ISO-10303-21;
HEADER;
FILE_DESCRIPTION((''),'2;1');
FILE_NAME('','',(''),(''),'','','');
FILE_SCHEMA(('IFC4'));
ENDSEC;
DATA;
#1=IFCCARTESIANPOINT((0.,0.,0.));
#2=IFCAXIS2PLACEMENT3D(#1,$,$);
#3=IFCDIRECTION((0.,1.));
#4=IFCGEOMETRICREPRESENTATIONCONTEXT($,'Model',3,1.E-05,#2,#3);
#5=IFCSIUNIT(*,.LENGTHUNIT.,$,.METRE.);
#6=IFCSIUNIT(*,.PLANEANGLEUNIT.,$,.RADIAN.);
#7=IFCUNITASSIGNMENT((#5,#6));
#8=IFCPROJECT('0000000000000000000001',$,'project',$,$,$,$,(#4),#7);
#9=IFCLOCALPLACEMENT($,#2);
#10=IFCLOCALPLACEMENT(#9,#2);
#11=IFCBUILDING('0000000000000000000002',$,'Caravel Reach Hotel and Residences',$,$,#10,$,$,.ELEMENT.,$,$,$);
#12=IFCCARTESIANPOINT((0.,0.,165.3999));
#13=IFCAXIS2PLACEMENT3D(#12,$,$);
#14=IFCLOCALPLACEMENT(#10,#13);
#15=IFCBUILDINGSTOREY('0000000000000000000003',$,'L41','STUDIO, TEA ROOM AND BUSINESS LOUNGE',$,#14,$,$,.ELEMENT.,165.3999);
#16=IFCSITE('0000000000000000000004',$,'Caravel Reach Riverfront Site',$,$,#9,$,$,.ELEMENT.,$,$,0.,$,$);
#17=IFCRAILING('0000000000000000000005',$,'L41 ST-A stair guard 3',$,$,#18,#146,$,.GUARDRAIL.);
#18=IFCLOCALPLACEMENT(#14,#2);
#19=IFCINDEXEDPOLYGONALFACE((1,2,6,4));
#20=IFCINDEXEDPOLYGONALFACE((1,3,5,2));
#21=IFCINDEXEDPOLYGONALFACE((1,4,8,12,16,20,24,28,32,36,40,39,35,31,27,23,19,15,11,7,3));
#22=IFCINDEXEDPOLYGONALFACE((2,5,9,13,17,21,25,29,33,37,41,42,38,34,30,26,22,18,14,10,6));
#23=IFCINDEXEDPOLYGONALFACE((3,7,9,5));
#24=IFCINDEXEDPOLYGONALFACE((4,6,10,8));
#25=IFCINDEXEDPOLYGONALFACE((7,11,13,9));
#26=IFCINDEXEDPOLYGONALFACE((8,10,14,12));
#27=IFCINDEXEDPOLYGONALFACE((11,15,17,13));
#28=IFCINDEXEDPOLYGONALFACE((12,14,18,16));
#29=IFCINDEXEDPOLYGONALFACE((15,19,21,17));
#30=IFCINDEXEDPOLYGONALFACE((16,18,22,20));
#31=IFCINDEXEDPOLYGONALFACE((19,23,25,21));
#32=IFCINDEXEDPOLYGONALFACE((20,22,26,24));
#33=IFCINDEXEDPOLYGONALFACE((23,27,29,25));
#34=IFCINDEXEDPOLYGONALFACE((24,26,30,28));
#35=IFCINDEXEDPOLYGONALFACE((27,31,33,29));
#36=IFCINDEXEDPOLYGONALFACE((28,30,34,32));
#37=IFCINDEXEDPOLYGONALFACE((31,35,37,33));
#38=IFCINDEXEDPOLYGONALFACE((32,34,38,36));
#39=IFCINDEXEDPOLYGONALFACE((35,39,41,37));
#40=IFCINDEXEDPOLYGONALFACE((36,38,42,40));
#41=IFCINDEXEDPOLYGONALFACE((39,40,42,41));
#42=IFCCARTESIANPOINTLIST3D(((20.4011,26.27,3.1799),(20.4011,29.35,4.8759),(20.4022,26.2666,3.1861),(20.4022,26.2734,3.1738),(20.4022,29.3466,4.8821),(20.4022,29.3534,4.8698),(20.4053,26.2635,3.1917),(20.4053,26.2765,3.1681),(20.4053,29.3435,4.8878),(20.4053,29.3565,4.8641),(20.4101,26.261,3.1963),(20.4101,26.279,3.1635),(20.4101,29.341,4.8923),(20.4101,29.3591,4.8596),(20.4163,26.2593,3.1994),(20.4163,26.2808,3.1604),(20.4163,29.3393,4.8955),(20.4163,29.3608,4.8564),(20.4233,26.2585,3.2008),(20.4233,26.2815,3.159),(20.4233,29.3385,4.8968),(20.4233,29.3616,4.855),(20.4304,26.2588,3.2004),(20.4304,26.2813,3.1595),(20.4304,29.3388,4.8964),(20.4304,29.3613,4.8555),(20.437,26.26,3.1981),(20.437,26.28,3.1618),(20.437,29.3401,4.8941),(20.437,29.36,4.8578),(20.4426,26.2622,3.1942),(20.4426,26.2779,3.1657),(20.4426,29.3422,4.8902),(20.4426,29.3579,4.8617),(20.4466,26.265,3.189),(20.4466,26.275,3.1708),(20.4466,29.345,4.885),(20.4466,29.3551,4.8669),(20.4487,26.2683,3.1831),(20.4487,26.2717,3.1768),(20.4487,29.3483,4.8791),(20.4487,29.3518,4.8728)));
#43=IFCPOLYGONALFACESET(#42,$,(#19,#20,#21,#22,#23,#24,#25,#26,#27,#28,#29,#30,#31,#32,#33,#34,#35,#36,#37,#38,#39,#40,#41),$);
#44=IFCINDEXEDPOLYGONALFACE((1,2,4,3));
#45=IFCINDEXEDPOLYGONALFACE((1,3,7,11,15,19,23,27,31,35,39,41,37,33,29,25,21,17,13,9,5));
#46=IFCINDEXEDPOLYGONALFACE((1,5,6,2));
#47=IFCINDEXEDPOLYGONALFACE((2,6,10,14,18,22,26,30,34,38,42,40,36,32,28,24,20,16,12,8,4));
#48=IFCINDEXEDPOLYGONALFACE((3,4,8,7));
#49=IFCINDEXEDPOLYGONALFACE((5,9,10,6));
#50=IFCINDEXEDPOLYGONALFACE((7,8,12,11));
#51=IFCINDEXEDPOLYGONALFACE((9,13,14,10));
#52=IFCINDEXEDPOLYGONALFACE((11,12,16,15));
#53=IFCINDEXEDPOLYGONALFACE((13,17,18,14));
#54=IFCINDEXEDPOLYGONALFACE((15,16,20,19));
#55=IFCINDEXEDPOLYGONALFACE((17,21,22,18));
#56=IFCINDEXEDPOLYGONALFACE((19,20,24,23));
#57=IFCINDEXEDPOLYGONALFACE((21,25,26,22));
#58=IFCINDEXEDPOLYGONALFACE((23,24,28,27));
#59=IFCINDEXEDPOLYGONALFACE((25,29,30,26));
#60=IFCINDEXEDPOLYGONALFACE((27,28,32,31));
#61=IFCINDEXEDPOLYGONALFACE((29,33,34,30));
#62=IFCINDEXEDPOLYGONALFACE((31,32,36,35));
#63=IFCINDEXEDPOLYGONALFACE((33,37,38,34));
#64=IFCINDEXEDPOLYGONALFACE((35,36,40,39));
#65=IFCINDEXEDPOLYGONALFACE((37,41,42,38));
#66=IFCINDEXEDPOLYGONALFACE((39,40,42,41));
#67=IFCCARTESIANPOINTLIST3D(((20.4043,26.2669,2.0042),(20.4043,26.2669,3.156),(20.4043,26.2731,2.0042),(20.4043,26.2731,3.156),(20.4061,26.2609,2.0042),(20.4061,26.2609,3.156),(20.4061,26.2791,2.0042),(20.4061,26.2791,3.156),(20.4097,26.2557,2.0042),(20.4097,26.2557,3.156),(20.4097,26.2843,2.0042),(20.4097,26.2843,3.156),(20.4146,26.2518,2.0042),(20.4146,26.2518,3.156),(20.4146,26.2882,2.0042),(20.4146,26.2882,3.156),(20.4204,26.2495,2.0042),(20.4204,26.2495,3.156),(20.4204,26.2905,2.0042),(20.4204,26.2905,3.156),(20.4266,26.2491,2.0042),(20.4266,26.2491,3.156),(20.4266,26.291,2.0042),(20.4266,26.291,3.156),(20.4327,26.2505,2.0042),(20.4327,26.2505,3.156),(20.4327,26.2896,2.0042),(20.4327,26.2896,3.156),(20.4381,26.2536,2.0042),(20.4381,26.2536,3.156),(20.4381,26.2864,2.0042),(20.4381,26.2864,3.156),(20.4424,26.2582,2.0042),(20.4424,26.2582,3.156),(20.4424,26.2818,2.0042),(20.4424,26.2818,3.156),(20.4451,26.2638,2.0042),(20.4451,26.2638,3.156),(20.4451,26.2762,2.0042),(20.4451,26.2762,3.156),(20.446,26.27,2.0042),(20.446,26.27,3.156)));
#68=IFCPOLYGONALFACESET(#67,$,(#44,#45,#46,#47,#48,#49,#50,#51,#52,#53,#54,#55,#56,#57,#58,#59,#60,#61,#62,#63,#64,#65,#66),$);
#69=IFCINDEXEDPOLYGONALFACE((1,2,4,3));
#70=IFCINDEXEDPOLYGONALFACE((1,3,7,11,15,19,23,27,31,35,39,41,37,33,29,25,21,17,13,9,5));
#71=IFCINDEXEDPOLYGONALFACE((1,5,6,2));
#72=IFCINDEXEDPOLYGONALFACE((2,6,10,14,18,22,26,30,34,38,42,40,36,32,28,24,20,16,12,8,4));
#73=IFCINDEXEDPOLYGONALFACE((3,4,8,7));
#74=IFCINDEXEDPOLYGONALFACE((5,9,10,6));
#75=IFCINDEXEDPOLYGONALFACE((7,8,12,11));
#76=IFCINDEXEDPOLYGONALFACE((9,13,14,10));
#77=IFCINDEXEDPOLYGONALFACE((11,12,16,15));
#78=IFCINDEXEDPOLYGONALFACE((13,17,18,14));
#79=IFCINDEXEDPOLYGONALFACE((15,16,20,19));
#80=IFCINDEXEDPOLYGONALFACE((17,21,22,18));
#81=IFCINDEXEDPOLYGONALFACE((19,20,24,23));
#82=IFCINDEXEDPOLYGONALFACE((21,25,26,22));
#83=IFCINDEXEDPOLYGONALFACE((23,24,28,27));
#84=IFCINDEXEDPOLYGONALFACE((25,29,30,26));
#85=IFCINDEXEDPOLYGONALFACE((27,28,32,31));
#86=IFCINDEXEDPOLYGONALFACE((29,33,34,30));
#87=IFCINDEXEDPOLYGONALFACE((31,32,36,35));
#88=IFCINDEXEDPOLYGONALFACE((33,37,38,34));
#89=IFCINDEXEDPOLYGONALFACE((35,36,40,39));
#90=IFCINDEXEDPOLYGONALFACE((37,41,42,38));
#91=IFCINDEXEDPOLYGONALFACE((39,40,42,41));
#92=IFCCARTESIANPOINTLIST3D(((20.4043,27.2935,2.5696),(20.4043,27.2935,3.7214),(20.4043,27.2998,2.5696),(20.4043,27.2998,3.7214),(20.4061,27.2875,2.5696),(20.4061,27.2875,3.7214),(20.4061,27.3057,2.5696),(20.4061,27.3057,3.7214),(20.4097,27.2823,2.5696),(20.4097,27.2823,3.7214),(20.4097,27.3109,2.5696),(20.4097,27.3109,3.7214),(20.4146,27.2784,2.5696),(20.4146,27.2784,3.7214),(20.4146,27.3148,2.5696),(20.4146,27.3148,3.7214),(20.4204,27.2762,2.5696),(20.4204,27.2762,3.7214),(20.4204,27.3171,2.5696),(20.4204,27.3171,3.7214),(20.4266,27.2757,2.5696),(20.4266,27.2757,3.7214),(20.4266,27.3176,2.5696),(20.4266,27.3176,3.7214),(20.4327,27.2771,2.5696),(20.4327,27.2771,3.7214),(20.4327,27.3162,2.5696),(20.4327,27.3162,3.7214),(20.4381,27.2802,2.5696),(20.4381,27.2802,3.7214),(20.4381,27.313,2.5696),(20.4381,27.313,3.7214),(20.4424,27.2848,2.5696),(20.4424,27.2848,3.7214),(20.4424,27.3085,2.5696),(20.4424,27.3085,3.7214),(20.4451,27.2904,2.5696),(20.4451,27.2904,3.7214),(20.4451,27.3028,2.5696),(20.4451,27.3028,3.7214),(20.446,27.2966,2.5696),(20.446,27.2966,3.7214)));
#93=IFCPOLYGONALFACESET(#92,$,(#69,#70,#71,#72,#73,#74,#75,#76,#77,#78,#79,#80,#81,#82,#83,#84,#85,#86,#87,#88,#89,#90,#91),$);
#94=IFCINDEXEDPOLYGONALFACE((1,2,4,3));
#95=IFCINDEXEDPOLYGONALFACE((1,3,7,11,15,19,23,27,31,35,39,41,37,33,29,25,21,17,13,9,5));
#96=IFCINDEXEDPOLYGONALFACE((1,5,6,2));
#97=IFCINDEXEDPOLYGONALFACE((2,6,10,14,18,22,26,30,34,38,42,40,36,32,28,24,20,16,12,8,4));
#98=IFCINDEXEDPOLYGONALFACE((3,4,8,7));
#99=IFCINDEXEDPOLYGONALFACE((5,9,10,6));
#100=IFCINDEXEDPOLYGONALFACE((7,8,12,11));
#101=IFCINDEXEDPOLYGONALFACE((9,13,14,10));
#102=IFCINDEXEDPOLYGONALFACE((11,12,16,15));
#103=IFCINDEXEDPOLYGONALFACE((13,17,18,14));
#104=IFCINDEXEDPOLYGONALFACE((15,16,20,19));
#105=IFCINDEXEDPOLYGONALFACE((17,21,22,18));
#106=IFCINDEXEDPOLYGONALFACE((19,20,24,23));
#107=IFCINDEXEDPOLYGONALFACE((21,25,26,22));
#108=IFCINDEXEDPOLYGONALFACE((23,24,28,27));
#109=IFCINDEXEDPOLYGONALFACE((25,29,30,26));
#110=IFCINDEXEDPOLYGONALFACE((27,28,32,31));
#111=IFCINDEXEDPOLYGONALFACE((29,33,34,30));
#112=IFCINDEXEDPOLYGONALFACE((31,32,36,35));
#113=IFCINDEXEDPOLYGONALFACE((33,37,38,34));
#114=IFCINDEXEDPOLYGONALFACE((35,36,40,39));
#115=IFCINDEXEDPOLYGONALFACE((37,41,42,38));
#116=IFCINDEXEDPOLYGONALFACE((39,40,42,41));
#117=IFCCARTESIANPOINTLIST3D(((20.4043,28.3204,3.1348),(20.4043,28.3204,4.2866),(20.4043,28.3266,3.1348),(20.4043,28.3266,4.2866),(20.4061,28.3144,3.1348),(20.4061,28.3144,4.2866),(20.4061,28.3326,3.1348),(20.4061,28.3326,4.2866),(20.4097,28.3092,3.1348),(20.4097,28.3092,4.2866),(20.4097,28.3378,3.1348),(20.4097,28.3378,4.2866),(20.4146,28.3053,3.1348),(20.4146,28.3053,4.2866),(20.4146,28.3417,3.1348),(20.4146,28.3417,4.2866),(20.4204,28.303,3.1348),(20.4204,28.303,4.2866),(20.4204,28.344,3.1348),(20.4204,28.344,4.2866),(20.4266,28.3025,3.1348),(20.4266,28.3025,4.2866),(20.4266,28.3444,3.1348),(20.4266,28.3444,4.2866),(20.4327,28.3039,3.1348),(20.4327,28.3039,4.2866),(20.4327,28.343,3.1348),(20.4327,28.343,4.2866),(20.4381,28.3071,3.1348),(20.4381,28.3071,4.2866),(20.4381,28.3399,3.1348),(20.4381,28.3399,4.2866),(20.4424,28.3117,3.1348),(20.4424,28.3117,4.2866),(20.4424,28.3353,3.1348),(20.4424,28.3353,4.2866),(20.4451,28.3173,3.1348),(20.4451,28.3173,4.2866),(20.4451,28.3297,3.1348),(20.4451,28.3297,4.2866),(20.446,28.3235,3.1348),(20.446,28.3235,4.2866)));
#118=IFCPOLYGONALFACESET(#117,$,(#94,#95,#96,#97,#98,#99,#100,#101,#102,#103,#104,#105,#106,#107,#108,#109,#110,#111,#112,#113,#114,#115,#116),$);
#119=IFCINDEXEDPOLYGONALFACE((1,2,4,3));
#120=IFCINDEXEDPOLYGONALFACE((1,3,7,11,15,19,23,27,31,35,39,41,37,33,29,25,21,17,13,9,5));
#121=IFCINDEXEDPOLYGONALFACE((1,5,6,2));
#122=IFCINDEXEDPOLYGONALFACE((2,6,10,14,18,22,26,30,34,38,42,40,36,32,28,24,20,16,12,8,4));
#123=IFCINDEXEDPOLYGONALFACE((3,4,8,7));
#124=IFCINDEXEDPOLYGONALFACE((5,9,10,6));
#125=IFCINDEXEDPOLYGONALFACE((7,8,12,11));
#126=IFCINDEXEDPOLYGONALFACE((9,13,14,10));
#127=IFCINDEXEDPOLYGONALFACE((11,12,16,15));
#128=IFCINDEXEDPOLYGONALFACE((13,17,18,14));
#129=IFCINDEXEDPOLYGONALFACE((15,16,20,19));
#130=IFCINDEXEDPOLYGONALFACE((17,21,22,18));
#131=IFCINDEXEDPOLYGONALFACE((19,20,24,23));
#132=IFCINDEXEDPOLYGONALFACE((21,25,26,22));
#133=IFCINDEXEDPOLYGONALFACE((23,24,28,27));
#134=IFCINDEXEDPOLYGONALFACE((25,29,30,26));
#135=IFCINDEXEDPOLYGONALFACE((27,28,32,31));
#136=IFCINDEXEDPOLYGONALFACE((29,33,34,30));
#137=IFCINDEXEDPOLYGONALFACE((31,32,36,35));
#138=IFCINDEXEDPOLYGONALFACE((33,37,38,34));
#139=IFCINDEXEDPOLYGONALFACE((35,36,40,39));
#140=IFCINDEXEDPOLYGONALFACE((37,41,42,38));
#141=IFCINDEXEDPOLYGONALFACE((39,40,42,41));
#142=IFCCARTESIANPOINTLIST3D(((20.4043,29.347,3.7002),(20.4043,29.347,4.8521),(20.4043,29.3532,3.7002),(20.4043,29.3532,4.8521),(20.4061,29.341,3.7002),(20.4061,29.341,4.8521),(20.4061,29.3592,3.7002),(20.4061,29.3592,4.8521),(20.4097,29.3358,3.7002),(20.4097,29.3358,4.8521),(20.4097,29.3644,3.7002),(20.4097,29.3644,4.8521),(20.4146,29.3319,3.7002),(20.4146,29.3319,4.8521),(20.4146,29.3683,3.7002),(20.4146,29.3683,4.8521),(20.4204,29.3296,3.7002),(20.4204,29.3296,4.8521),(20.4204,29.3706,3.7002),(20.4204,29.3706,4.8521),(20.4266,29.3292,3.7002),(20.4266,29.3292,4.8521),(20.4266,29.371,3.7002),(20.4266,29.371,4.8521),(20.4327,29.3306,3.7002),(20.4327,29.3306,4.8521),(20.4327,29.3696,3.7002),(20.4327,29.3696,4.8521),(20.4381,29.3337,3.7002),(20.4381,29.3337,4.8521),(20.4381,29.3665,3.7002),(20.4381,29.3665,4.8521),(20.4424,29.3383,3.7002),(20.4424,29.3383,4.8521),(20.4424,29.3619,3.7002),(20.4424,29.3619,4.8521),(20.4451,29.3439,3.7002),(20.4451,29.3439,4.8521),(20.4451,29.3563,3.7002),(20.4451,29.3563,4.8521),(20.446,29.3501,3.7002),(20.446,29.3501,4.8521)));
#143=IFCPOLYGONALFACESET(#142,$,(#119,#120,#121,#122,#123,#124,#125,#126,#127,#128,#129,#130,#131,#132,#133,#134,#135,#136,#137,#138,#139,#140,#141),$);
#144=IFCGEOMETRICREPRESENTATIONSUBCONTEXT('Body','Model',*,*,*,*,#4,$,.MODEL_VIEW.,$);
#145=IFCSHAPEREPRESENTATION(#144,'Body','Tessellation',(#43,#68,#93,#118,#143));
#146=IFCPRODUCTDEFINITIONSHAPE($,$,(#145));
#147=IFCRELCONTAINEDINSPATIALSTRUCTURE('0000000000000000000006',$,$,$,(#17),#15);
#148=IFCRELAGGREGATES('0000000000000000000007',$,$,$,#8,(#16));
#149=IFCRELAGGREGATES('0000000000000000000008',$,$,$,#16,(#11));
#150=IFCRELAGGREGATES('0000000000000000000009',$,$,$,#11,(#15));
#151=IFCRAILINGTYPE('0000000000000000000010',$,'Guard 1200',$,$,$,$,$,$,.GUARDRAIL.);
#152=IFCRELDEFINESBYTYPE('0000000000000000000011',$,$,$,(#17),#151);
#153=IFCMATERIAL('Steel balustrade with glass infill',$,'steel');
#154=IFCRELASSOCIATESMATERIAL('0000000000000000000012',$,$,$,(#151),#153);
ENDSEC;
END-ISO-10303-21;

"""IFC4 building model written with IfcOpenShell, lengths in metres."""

from ifc_helpers import new_model, si_unit, direction, frame, origin, origin_2d, place, context, subcontext, project, spatial, circle, extrude, material, type_object, element, save


model = new_model("IFC4")

# Units and contexts
model_context = context("Model", 3, precision=1e-05, world=origin(), true_north=direction((0.0, 1.0)))
body_context = subcontext(model_context, "Body", "Model", "MODEL_VIEW")
ifc_project = project(units=[si_unit("LENGTHUNIT", "METRE"), si_unit("PLANEANGLEUNIT", "RADIAN")], contexts=[model_context])

# Site, building, storey
site_placement = place(None, origin())
site = spatial("IfcSite", under=ifc_project, at=site_placement, Name="Caravel Reach Riverfront Site", CompositionType="ELEMENT", RefElevation=0.0)
building_placement = place(site_placement, origin())
building = spatial("IfcBuilding", under=site, at=building_placement, Name="Caravel Reach Hotel and Residences", CompositionType="ELEMENT")
storey_placement = place(building_placement, frame((0.0, 0.0, 165.3999)))
storey = spatial("IfcBuildingStorey", under=building, at=storey_placement, Name="L41", Description="STUDIO, TEA ROOM AND BUSINESS LOUNGE", CompositionType="ELEMENT", Elevation=165.3999)

# Railing
ifc_material_1 = material(Name="Steel balustrade with glass infill", Category="steel")
railing_type_1 = type_object("IfcRailingType", Name="Guard 1200", PredefinedType="GUARDRAIL", material=ifc_material_1)
railing_1_placement = place(storey_placement, frame((20.425, 26.27, 2.0042)))
element("IfcRailing", 1, at=railing_1_placement, inside=storey, type_object=railing_type_1, Name="L41 ST-A stair guard 3", PredefinedType="GUARDRAIL", context=body_context, shape_type="SweptSolid", body=[
    extrude(circle(Radius=0.0239, at=origin_2d()), frame((0.0, 0.0, 1.1758), z_axis=(0.0, 0.875975, 0.482356), x_axis=(-1.0, 0.0, 0.0)), (0.0, 0.0, 1.0), 3.5161),
    extrude(circle(Radius=0.021, at=origin_2d()), origin(), (0.0, 0.0, 1.0), 1.1519),
    extrude(circle(Radius=0.021, at=origin_2d()), frame((0.0, 1.0266, 0.5654)), (0.0, 0.0, 1.0), 1.1519),
    extrude(circle(Radius=0.021, at=origin_2d()), frame((0.0, 2.0535, 1.1306)), (0.0, 0.0, 1.0), 1.1519),
    extrude(circle(Radius=0.021, at=origin_2d()), frame((0.0, 3.0801, 1.696)), (0.0, 0.0, 1.0), 1.1519),
])

save(model, "model.ifc")
